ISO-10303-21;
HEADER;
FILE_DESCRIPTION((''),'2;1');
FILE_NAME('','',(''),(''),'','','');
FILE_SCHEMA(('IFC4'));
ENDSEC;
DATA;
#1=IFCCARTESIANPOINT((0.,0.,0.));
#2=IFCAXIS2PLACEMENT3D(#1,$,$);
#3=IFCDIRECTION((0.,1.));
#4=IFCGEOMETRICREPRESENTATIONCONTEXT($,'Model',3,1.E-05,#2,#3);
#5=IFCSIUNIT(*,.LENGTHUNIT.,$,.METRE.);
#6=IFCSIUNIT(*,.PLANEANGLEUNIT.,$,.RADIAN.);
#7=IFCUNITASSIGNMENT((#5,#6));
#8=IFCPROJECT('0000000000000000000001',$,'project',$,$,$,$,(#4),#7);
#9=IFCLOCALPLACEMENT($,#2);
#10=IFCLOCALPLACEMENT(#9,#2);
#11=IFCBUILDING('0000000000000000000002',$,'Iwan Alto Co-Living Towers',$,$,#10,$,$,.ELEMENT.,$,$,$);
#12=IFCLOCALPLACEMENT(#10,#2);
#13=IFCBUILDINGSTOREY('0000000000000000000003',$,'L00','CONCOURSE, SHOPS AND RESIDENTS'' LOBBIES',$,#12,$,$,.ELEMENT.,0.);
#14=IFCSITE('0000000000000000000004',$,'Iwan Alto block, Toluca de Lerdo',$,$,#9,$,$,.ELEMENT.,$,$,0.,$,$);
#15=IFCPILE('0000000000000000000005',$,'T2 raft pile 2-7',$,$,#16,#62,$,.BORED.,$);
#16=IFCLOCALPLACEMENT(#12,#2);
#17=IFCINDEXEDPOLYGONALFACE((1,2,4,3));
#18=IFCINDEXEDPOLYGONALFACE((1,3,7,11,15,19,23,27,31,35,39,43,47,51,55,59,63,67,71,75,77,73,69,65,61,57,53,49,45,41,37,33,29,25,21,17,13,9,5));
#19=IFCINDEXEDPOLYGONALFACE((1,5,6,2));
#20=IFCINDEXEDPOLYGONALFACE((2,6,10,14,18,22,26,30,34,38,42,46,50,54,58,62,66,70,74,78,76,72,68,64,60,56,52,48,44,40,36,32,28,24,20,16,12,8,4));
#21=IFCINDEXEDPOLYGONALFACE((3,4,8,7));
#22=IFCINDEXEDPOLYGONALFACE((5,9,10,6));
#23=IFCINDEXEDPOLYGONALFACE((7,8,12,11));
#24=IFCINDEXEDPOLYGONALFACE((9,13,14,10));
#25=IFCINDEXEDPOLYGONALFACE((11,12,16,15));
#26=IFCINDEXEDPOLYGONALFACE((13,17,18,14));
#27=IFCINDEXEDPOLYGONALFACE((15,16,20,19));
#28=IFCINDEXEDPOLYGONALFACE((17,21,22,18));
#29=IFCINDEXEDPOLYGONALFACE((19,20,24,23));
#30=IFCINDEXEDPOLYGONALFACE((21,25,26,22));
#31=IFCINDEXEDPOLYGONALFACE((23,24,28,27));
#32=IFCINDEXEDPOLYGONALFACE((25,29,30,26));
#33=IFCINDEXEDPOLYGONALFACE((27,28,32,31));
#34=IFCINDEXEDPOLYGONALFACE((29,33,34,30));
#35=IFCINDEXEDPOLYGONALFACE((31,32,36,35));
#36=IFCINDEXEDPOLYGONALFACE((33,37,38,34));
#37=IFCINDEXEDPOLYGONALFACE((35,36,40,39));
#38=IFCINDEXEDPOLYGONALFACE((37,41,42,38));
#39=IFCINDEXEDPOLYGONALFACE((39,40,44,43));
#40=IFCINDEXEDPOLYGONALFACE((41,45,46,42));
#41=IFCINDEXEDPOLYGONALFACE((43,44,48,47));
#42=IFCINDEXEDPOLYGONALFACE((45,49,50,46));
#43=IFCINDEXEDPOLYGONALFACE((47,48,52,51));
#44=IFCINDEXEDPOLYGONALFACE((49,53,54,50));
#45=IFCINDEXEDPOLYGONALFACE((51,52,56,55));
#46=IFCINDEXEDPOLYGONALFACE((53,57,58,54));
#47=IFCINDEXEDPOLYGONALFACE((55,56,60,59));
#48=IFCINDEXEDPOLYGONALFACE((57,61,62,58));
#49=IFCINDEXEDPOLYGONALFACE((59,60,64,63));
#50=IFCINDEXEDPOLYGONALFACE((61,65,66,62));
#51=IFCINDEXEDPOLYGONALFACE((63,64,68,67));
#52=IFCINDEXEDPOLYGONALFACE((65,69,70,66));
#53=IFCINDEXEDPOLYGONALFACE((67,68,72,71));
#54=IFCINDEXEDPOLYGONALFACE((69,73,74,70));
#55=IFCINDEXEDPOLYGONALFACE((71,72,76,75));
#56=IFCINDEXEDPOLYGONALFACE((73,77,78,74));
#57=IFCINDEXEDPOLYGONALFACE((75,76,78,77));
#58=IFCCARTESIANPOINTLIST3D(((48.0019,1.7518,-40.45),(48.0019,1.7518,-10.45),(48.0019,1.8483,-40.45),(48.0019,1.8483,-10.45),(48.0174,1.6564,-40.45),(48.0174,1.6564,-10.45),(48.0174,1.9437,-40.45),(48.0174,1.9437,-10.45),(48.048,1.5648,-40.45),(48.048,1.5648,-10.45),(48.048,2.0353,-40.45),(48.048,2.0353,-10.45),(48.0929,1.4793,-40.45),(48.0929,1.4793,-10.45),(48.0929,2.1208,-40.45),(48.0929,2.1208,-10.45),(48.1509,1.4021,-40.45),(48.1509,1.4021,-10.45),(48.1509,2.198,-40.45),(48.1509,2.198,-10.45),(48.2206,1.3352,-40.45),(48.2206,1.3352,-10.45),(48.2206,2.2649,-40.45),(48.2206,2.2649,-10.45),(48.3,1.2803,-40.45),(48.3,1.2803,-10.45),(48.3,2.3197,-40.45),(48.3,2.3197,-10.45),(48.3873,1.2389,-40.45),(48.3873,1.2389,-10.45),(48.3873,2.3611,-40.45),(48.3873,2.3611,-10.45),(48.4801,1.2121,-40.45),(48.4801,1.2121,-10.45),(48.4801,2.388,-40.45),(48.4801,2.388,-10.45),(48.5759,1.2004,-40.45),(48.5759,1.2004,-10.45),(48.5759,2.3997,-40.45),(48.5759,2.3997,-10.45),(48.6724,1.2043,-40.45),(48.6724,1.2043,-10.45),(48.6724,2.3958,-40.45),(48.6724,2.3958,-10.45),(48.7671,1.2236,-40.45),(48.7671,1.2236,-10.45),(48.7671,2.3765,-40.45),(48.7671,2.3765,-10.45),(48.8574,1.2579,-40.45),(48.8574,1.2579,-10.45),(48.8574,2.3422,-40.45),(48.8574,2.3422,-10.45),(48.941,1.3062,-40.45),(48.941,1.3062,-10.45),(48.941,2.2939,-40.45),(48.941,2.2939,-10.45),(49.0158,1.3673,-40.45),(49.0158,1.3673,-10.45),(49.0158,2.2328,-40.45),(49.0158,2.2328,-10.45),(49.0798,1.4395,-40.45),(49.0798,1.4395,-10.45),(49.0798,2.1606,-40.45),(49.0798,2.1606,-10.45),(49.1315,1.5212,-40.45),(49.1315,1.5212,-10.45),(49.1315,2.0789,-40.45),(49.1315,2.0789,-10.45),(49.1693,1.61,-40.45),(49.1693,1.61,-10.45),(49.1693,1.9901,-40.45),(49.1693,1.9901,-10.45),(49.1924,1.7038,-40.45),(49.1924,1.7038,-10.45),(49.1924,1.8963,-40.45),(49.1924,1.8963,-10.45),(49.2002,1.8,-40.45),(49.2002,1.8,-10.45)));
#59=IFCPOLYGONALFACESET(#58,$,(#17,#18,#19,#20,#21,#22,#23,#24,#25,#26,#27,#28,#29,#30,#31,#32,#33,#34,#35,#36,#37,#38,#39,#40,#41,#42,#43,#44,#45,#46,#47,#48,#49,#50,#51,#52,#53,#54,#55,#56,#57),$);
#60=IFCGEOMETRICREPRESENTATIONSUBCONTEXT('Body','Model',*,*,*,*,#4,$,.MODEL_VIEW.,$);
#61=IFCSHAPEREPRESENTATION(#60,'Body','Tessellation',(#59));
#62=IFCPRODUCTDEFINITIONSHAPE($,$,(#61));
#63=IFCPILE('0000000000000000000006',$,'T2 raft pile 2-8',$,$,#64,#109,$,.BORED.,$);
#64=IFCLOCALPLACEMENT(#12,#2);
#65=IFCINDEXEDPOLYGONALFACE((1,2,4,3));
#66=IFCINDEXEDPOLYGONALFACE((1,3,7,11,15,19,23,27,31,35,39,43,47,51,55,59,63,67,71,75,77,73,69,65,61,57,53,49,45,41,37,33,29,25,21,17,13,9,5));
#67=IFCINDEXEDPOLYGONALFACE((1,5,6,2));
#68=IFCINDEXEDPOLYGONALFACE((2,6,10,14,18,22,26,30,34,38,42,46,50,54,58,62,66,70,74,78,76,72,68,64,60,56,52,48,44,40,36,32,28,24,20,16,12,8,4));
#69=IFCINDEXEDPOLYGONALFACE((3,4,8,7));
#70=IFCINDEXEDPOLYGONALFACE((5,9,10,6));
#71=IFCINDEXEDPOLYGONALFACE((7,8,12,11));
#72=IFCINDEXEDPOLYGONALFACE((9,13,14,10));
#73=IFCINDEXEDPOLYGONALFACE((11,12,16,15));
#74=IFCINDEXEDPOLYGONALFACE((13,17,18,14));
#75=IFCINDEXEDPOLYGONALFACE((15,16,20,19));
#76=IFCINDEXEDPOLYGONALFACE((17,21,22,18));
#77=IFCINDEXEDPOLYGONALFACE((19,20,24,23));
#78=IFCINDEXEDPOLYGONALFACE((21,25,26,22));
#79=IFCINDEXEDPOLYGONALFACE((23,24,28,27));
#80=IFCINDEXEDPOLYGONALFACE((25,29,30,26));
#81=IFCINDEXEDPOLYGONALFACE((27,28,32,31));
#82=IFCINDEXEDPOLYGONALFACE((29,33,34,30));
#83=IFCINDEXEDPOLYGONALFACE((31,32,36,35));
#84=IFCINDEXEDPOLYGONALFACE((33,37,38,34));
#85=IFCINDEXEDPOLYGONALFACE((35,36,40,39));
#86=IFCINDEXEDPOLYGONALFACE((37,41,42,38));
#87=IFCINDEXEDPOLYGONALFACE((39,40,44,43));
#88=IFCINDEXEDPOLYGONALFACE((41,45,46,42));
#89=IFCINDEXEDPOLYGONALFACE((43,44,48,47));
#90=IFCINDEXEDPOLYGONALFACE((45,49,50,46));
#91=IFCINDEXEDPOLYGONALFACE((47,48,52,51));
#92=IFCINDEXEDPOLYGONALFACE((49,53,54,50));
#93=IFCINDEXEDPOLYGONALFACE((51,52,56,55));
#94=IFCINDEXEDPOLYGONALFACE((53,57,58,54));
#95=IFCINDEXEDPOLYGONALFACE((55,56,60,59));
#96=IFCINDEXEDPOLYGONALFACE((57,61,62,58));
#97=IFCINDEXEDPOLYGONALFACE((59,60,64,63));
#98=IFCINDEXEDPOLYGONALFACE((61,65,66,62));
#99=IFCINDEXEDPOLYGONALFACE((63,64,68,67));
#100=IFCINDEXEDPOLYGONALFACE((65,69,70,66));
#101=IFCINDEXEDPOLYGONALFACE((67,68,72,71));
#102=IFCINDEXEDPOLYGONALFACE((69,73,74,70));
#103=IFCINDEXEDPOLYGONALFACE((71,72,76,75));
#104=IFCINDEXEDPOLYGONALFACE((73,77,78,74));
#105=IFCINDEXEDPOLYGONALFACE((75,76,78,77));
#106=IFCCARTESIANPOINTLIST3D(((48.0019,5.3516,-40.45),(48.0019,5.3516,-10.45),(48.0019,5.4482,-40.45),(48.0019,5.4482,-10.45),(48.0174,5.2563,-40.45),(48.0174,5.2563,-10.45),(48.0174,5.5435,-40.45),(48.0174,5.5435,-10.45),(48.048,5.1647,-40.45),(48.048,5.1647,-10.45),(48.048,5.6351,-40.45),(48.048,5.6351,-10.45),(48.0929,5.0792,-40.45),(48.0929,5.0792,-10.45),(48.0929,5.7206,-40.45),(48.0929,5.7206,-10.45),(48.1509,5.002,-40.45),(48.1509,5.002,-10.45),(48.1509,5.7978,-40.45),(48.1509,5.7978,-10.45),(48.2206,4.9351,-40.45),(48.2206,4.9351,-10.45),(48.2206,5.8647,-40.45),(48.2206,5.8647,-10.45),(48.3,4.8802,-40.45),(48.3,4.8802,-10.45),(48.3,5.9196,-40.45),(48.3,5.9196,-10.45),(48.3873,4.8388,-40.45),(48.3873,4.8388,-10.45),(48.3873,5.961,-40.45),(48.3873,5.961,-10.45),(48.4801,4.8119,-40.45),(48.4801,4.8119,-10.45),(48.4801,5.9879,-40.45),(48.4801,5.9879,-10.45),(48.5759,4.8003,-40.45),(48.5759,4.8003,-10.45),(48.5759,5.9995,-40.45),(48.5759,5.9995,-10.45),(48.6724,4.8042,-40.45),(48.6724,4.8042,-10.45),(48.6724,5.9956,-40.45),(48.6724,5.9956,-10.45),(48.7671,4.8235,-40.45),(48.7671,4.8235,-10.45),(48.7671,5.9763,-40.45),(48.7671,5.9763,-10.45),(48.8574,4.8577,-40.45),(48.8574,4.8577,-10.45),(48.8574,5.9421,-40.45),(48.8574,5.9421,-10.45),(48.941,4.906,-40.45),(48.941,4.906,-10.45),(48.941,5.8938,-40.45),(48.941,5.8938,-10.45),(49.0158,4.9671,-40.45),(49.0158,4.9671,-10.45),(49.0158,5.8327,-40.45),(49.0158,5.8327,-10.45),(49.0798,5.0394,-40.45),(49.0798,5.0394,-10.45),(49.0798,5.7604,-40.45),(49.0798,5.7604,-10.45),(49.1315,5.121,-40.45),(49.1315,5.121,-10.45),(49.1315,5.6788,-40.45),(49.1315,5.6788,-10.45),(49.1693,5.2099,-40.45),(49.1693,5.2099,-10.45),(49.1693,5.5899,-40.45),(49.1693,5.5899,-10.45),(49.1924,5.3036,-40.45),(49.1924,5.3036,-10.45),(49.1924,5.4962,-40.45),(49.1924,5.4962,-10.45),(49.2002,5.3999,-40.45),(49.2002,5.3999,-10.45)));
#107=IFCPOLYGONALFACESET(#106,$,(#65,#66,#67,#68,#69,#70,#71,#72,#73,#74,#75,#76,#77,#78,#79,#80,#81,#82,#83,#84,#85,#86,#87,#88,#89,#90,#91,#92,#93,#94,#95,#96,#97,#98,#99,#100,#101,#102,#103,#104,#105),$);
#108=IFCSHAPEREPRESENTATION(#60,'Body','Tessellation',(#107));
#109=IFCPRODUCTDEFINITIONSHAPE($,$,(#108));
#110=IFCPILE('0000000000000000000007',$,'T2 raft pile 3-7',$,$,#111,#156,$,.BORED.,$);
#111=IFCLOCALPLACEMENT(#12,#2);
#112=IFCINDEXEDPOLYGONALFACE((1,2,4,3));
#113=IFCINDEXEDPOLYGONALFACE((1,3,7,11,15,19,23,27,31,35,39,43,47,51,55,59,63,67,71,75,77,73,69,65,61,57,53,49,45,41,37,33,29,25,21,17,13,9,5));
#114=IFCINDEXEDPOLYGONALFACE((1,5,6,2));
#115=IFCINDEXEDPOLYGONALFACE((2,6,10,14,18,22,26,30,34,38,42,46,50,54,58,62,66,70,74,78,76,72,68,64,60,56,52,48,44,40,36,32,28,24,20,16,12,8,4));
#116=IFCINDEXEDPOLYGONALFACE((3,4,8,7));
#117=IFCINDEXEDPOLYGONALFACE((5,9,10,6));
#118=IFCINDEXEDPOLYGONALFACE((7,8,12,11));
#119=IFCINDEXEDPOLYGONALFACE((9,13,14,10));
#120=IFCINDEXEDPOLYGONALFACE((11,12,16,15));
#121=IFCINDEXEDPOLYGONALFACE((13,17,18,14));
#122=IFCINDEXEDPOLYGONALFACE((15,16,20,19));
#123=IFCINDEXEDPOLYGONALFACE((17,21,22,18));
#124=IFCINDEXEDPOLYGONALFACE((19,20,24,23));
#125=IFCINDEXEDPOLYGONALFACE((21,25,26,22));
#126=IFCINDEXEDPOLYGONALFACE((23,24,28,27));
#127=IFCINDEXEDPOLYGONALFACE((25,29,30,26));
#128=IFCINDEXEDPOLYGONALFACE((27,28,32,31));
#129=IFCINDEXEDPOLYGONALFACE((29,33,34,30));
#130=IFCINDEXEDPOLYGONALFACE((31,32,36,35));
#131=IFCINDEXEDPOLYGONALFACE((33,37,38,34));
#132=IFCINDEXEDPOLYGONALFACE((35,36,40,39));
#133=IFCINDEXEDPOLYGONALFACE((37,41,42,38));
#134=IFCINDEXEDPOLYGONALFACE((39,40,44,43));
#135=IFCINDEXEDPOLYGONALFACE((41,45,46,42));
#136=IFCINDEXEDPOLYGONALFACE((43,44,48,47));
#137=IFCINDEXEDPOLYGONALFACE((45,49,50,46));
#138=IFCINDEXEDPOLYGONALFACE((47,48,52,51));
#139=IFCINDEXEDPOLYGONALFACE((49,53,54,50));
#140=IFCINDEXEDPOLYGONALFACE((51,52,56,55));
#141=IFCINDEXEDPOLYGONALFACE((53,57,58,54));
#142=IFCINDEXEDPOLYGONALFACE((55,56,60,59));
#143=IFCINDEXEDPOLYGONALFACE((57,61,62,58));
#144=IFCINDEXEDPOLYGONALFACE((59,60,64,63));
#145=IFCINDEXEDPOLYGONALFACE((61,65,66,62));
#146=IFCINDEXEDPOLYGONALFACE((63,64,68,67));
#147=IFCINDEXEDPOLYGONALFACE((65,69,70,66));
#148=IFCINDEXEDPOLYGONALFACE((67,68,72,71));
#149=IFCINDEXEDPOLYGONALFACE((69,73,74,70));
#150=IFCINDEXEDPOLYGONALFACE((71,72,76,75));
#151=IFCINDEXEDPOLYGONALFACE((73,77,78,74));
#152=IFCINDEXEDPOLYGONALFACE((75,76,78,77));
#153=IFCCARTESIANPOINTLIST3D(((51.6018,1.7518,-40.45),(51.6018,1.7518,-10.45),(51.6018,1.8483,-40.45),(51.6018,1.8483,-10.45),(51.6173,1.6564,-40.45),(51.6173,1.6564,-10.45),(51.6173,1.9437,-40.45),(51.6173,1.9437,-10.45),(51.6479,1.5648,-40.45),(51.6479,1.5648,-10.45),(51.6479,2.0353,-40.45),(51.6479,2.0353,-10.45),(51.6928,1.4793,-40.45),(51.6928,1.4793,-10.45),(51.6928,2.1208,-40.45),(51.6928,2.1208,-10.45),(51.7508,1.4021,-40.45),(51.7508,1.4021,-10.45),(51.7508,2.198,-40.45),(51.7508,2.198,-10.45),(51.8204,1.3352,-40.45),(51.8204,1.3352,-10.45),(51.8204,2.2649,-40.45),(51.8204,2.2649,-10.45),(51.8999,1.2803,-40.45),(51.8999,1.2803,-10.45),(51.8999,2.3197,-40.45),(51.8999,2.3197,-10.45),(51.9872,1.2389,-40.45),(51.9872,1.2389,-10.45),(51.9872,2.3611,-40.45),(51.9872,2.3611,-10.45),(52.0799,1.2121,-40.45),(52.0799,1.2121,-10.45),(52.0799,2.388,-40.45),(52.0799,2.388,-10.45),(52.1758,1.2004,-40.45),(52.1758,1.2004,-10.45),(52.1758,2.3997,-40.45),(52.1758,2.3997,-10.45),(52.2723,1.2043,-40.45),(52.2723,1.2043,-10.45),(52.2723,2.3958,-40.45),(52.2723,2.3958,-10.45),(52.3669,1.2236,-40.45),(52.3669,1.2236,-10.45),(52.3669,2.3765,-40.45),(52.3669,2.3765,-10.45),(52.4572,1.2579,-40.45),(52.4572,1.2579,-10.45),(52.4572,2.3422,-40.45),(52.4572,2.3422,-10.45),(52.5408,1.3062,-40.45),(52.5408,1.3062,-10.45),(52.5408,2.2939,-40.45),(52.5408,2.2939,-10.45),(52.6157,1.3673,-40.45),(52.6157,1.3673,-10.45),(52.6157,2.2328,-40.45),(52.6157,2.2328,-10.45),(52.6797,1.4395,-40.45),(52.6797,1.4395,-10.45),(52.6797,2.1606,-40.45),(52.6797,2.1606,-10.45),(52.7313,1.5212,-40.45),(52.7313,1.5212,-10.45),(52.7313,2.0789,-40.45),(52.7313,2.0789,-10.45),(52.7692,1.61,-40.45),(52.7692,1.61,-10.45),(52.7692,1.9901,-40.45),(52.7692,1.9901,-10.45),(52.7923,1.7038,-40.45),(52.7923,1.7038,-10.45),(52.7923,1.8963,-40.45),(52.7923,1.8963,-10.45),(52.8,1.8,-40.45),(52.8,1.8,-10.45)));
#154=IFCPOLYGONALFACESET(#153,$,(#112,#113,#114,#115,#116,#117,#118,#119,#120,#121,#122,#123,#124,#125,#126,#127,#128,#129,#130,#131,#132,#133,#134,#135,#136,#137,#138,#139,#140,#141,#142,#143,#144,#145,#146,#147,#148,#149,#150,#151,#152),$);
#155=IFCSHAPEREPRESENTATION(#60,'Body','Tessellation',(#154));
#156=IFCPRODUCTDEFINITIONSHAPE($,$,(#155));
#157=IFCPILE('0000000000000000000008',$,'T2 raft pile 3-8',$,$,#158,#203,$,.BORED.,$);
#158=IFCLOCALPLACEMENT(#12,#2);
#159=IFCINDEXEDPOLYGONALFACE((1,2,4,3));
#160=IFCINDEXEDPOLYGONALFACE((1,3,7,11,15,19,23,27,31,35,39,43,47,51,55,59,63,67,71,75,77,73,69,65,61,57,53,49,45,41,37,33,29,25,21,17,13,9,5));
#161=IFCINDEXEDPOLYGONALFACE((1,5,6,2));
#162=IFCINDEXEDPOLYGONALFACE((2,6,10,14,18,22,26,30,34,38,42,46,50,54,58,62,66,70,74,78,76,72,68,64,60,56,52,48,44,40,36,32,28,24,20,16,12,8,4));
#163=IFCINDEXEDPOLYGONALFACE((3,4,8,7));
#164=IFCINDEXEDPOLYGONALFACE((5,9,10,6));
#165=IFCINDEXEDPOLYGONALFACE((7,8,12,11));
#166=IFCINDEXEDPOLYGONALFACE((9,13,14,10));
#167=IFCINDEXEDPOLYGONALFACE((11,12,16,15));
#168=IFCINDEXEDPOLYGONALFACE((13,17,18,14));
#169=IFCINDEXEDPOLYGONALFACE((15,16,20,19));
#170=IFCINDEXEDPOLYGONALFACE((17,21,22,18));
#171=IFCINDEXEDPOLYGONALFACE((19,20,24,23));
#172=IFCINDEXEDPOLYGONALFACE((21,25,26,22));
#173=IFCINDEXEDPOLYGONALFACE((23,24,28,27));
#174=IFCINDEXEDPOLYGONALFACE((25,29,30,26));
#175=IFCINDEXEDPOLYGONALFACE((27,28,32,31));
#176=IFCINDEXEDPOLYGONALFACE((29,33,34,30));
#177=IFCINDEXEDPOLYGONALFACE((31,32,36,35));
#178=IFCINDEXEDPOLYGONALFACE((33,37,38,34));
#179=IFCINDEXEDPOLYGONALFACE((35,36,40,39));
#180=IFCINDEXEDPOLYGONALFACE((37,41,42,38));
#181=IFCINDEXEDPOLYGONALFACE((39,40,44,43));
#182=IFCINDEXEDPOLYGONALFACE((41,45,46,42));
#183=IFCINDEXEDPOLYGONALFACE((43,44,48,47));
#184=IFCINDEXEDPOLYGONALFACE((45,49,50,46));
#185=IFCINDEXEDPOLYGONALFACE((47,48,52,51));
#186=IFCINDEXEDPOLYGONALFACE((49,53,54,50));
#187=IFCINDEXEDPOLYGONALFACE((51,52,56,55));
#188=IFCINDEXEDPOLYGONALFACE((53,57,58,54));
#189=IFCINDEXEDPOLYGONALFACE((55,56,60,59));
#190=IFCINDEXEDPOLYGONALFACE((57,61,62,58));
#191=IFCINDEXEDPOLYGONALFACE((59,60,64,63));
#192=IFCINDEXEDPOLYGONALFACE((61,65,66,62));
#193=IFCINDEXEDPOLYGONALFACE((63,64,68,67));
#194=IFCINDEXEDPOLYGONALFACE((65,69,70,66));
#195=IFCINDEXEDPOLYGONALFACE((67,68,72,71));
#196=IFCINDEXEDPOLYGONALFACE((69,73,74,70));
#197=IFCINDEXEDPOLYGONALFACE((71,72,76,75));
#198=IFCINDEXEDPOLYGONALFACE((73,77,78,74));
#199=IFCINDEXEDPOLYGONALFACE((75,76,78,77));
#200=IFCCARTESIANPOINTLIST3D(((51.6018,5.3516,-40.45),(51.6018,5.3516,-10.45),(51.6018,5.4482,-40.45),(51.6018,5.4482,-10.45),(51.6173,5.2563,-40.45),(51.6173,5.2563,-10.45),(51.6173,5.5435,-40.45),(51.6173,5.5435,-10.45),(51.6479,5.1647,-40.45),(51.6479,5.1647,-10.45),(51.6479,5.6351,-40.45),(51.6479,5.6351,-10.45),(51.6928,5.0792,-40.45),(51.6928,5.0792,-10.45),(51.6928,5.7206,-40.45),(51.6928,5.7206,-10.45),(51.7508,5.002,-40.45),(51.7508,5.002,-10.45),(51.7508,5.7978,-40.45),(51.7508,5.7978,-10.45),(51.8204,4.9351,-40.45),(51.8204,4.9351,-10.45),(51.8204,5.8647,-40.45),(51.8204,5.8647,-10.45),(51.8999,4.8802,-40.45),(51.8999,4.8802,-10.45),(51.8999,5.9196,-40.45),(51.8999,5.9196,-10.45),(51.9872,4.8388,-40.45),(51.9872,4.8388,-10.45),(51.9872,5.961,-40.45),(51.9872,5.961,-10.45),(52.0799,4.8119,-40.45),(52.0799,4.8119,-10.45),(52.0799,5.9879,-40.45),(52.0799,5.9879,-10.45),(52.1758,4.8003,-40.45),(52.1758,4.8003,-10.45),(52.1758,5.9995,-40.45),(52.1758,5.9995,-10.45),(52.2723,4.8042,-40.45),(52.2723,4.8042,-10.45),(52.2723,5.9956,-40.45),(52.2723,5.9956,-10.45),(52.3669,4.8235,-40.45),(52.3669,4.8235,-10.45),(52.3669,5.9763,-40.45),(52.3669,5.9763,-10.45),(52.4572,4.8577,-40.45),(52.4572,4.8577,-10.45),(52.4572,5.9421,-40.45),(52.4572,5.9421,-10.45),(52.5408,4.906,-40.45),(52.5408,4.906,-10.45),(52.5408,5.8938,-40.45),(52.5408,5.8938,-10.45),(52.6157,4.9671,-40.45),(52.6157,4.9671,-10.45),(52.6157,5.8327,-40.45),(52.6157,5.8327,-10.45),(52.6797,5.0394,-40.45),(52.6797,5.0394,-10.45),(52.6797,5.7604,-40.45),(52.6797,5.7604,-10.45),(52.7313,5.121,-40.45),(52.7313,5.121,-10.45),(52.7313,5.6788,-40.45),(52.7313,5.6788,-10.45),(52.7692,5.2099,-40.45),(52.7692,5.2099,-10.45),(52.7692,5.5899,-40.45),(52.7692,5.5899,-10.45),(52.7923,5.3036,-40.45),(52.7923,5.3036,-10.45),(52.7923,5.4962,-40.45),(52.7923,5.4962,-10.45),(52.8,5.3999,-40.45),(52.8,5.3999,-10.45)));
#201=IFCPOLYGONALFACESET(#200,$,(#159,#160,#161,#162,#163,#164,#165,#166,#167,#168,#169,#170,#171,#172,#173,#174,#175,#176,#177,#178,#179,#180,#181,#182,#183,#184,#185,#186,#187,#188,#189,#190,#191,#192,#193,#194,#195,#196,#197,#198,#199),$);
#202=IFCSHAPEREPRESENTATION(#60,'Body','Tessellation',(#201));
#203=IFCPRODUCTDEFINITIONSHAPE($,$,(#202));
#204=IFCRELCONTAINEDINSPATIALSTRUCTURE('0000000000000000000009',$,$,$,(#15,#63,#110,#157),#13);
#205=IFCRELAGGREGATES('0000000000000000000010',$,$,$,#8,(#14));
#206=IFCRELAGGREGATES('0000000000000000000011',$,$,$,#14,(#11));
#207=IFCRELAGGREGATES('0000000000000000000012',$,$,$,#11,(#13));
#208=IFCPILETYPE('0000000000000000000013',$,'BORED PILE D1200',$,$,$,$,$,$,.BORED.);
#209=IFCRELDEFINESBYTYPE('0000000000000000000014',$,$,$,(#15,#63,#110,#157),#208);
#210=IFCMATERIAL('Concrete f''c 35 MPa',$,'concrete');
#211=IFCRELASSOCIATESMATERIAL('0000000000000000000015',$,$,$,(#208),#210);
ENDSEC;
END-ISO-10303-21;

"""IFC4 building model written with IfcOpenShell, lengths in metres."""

from ifc_helpers import new_model, si_unit, direction, frame, origin, origin_2d, place, context, subcontext, project, spatial, circle, extrude, material, material_profile, profile_set, type_object, element, save


model = new_model("IFC4")

# Units and contexts
model_context = context("Model", 3, precision=1e-05, world=origin(), true_north=direction((0.0, 1.0)))
body_context = subcontext(model_context, "Body", "Model", "MODEL_VIEW")
ifc_project = project(units=[si_unit("LENGTHUNIT", "METRE"), si_unit("PLANEANGLEUNIT", "RADIAN")], contexts=[model_context])

# Site, building, storey
site_placement = place(None, origin())
site = spatial("IfcSite", under=ifc_project, at=site_placement, Name="Iwan Alto block, Toluca de Lerdo", CompositionType="ELEMENT", RefElevation=0.0)
building_placement = place(site_placement, origin())
building = spatial("IfcBuilding", under=site, at=building_placement, Name="Iwan Alto Co-Living Towers", CompositionType="ELEMENT")
storey_placement = place(building_placement, origin())
storey = spatial("IfcBuildingStorey", under=building, at=storey_placement, Name="L00", Description="CONCOURSE, SHOPS AND RESIDENTS' LOBBIES", CompositionType="ELEMENT", Elevation=0.0)

# Piles
ifc_material_1 = material(Name="Concrete f'c 35 MPa", Category="concrete")
ifc_material_profile_1 = material_profile(ifc_material_1, circle(Radius=0.6001, at=origin_2d()), Name="D1200")
ifc_profile_set_1 = profile_set([ifc_material_profile_1], Name="Concrete f'c 35 MPa")
pile_type = type_object("IfcPileType", Name="BORED PILE D1200", PredefinedType="BORED", material=ifc_profile_set_1)
for number, where, z_axis, x_axis, name in (
    (1, (48.6001, 1.8, -10.45), (0.0, 0.0, -1.0), (1.0, 0.0, 0.0), "T2 raft pile 2-7"),
    (2, (48.6001, 5.3999, -10.45), (0.0, 0.0, -1.0), (1.0, 0.0, 0.0), "T2 raft pile 2-8"),
    (3, (52.2, 1.8, -10.45), (0.0, 0.0, -1.0), (1.0, 0.0, 0.0), "T2 raft pile 3-7"),
    (4, (52.2, 5.3999, -10.45), (0.0, 0.0, -1.0), (1.0, 0.0, 0.0), "T2 raft pile 3-8"),
):
    element("IfcPile", number, at=place(storey_placement, frame(where, z_axis=z_axis, x_axis=x_axis)), inside=storey, type_object=pile_type, Name=name, PredefinedType="BORED", context=body_context, shape_type="SweptSolid", body=[
        extrude(circle(Radius=0.6001, at=origin_2d()), origin(), (0.0, 0.0, 1.0), 30.0),
    ])

save(model, "model.ifc")
